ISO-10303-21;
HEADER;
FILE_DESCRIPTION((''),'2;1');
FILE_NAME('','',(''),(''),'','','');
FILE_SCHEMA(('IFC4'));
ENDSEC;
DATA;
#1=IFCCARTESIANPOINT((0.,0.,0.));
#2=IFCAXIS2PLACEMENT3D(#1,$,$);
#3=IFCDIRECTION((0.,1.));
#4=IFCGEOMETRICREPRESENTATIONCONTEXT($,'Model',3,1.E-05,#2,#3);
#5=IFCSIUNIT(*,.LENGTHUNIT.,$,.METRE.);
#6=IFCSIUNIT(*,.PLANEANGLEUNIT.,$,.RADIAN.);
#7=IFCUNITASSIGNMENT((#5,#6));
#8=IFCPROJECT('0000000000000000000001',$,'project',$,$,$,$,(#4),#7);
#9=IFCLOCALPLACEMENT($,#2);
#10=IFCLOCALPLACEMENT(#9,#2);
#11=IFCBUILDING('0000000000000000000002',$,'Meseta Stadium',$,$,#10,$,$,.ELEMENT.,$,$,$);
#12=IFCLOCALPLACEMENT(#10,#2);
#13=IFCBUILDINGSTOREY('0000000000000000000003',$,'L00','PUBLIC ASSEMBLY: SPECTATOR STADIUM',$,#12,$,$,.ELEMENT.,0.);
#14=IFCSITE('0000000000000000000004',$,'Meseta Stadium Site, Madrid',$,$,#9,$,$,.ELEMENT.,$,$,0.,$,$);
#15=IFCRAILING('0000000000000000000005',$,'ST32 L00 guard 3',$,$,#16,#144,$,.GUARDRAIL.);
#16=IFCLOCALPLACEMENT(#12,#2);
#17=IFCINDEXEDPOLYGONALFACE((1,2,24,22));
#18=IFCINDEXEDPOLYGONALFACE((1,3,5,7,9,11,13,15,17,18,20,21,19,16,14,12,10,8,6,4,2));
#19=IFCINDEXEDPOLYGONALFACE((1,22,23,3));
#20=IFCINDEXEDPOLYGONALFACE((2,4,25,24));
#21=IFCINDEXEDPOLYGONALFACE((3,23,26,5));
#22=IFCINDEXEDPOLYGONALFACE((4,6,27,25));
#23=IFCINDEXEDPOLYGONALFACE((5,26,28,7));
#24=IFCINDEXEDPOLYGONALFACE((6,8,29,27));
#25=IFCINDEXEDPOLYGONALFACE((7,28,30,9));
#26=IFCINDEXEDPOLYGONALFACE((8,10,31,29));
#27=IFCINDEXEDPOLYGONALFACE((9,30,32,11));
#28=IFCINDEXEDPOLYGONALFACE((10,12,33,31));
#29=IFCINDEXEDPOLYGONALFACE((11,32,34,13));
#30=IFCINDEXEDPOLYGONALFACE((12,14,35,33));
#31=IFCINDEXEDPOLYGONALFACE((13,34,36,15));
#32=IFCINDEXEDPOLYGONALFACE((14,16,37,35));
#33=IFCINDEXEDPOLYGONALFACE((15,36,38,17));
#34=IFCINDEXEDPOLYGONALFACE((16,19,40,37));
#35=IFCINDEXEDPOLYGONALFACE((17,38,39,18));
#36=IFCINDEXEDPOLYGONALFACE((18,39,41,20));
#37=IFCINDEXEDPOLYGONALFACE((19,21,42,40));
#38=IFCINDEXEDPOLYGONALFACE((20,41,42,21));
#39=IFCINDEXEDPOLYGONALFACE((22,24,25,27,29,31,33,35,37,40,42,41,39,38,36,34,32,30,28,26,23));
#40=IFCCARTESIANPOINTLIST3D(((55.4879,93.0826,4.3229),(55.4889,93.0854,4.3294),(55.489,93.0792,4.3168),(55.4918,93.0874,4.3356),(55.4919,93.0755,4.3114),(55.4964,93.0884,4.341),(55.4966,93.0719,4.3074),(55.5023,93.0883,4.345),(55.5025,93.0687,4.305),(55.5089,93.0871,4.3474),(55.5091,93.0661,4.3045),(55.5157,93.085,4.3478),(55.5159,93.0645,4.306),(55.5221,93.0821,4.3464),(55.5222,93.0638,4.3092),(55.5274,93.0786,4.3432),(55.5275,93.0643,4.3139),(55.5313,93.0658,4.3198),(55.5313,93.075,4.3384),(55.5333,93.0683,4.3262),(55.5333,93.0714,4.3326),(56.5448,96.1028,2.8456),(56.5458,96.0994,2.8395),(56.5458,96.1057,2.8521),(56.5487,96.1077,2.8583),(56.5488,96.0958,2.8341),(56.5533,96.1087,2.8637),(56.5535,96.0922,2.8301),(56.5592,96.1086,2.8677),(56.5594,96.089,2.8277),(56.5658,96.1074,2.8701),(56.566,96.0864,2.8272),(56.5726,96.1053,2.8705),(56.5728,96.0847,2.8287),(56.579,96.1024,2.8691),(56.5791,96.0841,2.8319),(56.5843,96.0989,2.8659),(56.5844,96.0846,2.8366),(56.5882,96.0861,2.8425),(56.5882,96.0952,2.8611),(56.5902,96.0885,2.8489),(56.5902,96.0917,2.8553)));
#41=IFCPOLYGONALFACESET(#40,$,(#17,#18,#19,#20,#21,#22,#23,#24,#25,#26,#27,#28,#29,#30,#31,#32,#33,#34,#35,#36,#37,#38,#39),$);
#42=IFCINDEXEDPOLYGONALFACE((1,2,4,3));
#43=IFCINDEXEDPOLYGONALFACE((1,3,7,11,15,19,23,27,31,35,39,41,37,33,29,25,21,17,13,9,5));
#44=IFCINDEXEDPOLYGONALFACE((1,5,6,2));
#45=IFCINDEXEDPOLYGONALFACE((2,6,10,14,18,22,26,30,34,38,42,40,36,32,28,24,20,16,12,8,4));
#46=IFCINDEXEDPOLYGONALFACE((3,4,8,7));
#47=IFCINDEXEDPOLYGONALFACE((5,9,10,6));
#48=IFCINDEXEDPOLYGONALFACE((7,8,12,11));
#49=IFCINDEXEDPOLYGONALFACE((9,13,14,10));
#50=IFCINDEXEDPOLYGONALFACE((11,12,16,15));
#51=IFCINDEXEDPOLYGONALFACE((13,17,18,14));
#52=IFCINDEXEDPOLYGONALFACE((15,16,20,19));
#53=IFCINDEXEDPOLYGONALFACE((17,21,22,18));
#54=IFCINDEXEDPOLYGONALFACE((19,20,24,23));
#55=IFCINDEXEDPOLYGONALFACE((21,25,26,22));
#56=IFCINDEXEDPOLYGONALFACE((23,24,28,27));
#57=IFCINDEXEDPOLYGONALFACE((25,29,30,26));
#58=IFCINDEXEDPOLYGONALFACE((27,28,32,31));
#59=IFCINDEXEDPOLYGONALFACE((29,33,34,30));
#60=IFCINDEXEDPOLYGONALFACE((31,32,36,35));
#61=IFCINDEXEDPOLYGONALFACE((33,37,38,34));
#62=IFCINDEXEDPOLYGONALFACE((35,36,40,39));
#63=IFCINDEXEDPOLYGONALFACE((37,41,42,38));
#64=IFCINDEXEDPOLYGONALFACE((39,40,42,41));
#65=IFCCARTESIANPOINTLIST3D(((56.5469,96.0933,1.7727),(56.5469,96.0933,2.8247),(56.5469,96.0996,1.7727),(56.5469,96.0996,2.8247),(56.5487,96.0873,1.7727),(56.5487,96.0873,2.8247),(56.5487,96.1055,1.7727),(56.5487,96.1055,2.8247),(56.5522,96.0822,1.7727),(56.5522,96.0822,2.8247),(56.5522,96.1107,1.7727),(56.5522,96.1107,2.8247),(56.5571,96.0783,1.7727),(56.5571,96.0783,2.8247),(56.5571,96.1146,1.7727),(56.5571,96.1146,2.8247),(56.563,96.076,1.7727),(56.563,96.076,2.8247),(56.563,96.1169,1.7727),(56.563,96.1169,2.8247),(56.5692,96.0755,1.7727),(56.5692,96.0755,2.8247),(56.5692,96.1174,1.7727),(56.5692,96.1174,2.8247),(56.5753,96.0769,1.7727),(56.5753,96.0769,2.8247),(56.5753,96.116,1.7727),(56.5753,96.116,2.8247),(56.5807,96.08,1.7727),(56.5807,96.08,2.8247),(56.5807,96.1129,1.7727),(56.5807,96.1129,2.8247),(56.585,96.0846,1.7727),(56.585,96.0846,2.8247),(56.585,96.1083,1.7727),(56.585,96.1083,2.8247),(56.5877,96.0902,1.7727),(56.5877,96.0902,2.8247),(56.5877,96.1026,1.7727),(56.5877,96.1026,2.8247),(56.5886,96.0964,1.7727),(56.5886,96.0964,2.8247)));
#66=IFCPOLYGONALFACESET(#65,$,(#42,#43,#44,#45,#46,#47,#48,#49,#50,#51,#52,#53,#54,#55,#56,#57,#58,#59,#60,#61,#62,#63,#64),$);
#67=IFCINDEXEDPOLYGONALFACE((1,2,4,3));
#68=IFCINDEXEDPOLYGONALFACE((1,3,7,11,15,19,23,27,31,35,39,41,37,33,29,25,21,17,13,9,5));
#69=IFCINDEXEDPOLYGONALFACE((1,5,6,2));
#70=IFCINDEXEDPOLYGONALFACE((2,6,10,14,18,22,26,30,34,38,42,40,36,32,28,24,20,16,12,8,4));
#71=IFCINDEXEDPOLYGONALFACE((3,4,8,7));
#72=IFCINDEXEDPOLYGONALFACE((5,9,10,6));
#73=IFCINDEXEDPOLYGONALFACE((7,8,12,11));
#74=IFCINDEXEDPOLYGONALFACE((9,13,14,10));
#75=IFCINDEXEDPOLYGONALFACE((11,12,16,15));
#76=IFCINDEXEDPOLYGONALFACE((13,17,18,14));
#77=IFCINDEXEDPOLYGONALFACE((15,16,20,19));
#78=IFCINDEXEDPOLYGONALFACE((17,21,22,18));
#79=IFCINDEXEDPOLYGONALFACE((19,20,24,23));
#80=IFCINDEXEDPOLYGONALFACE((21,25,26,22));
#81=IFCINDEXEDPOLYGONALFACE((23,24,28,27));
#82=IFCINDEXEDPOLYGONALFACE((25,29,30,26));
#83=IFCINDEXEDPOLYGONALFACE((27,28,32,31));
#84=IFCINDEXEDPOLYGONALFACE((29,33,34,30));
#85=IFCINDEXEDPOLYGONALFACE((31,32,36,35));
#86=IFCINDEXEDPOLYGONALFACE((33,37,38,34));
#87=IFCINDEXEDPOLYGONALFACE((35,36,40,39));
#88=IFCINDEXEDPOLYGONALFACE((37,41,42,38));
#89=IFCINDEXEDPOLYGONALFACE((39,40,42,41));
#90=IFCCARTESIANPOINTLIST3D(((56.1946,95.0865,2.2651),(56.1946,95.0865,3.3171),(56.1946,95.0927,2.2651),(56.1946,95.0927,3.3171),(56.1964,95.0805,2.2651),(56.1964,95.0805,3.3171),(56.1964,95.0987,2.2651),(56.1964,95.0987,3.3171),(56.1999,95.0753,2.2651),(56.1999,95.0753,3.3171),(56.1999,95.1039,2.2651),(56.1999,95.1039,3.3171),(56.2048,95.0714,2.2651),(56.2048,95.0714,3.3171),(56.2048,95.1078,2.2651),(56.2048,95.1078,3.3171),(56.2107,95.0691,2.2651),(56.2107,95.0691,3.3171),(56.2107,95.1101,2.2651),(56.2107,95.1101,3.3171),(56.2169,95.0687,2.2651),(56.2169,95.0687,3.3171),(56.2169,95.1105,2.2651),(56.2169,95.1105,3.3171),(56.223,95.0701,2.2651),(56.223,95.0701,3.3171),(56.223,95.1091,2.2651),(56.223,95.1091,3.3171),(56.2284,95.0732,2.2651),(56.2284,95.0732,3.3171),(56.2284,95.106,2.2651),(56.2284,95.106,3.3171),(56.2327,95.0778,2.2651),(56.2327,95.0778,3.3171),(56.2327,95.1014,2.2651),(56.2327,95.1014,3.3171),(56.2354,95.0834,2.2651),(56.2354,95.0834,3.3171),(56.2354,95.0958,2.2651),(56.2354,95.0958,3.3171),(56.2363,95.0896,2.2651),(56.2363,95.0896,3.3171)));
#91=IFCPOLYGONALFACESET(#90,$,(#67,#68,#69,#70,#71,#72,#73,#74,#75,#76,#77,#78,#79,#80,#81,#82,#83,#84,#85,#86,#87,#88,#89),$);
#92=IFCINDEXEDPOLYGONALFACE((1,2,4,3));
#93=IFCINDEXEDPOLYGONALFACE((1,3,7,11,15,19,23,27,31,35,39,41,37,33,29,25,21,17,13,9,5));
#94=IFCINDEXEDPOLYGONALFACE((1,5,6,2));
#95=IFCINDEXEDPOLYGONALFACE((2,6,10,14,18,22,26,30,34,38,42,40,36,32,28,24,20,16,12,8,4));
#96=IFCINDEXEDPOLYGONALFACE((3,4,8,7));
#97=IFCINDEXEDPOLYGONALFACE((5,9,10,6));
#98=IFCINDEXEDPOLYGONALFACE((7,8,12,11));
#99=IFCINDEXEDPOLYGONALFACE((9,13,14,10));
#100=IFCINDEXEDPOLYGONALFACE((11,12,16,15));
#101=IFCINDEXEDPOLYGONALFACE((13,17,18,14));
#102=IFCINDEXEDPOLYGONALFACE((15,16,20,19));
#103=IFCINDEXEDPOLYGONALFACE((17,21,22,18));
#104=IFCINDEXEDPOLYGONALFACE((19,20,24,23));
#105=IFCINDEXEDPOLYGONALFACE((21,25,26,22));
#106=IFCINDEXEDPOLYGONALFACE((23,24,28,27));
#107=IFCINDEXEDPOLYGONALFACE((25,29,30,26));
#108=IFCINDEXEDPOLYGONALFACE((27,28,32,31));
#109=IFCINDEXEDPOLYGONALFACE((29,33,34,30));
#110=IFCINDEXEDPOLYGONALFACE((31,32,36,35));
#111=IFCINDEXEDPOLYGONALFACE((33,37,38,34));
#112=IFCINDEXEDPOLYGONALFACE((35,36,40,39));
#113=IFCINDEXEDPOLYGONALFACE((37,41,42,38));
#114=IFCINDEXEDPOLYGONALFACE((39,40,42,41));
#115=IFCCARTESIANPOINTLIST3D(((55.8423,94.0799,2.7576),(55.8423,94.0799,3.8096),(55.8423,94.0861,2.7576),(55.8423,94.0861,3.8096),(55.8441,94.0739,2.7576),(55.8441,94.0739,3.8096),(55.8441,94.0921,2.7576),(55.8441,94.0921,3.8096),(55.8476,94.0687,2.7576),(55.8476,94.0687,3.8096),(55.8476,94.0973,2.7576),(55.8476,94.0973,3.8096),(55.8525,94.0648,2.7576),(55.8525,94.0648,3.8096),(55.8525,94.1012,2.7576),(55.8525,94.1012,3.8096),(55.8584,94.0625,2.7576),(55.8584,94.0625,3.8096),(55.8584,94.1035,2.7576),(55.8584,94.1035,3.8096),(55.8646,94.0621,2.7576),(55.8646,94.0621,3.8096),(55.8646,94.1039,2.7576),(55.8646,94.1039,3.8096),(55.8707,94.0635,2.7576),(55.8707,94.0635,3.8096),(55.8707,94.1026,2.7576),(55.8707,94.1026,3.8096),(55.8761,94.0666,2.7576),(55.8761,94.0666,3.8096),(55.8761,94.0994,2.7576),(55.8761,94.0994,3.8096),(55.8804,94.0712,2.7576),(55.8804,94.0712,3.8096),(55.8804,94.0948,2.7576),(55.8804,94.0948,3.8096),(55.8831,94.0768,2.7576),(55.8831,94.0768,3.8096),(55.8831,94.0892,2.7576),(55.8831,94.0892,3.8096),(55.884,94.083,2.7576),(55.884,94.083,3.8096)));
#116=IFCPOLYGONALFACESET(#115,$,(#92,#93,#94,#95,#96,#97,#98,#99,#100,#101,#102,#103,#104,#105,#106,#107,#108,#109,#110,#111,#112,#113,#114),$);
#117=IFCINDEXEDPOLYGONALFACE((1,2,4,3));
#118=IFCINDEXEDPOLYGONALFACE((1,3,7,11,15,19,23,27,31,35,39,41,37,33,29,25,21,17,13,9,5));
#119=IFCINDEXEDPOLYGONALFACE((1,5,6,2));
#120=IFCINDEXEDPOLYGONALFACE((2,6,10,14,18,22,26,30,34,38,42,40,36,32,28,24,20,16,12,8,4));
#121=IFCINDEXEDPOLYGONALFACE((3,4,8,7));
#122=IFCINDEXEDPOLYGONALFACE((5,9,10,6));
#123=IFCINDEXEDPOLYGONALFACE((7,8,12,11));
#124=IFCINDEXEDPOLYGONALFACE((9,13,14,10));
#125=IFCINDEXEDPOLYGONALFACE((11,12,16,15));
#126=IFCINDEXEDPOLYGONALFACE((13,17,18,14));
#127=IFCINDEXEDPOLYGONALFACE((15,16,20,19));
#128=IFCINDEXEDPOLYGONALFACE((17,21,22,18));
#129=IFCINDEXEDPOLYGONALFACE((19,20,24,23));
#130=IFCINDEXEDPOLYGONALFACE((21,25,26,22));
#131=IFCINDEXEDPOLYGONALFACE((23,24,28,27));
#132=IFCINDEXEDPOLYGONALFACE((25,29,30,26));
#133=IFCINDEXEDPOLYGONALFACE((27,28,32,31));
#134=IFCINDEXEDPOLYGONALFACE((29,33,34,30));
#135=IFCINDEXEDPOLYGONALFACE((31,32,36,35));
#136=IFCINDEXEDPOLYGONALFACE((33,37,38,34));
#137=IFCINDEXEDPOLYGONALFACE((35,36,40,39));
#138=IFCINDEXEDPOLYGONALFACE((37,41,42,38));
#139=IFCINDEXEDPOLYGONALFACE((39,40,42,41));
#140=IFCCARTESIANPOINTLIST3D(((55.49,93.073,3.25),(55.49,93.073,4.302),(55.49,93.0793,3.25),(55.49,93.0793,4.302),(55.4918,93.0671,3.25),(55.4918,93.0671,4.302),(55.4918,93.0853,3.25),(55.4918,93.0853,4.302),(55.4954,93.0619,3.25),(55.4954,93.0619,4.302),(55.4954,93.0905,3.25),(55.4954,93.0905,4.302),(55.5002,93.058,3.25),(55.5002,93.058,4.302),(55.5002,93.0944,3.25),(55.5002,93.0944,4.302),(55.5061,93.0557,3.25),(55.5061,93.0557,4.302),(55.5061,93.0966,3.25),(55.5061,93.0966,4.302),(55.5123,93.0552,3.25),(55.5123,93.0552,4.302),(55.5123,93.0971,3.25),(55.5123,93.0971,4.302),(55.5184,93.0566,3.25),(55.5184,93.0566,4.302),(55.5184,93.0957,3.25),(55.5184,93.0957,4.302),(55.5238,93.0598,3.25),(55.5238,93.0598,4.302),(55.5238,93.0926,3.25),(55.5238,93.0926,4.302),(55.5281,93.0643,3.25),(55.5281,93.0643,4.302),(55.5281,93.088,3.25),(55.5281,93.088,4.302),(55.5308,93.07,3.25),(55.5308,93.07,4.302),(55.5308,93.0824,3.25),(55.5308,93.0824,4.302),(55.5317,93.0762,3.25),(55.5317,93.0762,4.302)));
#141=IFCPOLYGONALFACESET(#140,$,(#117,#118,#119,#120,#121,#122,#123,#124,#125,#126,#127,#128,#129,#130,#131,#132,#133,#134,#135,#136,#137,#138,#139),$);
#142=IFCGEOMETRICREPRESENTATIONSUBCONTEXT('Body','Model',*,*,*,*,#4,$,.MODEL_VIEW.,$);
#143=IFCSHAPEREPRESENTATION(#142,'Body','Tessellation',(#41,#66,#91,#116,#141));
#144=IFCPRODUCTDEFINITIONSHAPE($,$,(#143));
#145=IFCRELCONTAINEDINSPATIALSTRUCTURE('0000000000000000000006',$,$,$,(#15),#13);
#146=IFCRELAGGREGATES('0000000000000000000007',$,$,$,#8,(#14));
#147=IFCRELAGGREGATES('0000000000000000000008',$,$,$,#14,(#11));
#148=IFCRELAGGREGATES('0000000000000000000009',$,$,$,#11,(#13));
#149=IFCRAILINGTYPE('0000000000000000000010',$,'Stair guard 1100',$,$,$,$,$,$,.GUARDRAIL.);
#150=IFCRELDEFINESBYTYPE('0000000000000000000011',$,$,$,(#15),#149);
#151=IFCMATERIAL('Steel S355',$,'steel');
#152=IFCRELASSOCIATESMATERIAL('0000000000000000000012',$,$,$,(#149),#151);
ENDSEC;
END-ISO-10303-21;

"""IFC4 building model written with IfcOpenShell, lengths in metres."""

from ifc_helpers import new_model, si_unit, direction, frame, origin, origin_2d, place, context, subcontext, project, spatial, circle, extrude, material, type_object, element, save


model = new_model("IFC4")

# Units and contexts
model_context = context("Model", 3, precision=1e-05, world=origin(), true_north=direction((0.0, 1.0)))
body_context = subcontext(model_context, "Body", "Model", "MODEL_VIEW")
ifc_project = project(units=[si_unit("LENGTHUNIT", "METRE"), si_unit("PLANEANGLEUNIT", "RADIAN")], contexts=[model_context])

# Site, building, storey
site_placement = place(None, origin())
site = spatial("IfcSite", under=ifc_project, at=site_placement, Name="Meseta Stadium Site, Madrid", CompositionType="ELEMENT", RefElevation=0.0)
building_placement = place(site_placement, origin())
building = spatial("IfcBuilding", under=site, at=building_placement, Name="Meseta Stadium", CompositionType="ELEMENT")
storey_placement = place(building_placement, origin())
storey = spatial("IfcBuildingStorey", under=building, at=storey_placement, Name="L00", Description="PUBLIC ASSEMBLY: SPECTATOR STADIUM", CompositionType="ELEMENT", Elevation=0.0)

# Railing
ifc_material_1 = material(Name="Steel S355", Category="steel")
railing_type_1 = type_object("IfcRailingType", Name="Stair guard 1100", PredefinedType="GUARDRAIL", material=ifc_material_1)
railing_1_placement = place(storey_placement, frame((56.5676, 96.0964, 1.7727)))
element("IfcRailing", 1, at=railing_1_placement, inside=storey, type_object=railing_type_1, Name="ST32 L00 guard 3", PredefinedType="GUARDRAIL", context=body_context, shape_type="SweptSolid", body=[
    extrude(circle(Radius=0.0239, at=origin_2d()), frame((0.0, 0.0, 1.0762), z_axis=(-0.299876, -0.856958, 0.419162), x_axis=(0.943879, -0.330293, 0.0)), (0.0, 0.0, 1.0), 3.5244),
    extrude(circle(Radius=0.021, at=origin_2d()), origin(), (0.0, 0.0, 1.0), 1.052),
    extrude(circle(Radius=0.021, at=origin_2d()), frame((-0.3523, -1.0068, 0.4924)), (0.0, 0.0, 1.0), 1.052),
    extrude(circle(Radius=0.021, at=origin_2d()), frame((-0.7046, -2.0134, 0.9849)), (0.0, 0.0, 1.0), 1.052),
    extrude(circle(Radius=0.021, at=origin_2d()), frame((-1.0569, -3.0203, 1.4773)), (0.0, 0.0, 1.0), 1.052),
])

save(model, "model.ifc")
